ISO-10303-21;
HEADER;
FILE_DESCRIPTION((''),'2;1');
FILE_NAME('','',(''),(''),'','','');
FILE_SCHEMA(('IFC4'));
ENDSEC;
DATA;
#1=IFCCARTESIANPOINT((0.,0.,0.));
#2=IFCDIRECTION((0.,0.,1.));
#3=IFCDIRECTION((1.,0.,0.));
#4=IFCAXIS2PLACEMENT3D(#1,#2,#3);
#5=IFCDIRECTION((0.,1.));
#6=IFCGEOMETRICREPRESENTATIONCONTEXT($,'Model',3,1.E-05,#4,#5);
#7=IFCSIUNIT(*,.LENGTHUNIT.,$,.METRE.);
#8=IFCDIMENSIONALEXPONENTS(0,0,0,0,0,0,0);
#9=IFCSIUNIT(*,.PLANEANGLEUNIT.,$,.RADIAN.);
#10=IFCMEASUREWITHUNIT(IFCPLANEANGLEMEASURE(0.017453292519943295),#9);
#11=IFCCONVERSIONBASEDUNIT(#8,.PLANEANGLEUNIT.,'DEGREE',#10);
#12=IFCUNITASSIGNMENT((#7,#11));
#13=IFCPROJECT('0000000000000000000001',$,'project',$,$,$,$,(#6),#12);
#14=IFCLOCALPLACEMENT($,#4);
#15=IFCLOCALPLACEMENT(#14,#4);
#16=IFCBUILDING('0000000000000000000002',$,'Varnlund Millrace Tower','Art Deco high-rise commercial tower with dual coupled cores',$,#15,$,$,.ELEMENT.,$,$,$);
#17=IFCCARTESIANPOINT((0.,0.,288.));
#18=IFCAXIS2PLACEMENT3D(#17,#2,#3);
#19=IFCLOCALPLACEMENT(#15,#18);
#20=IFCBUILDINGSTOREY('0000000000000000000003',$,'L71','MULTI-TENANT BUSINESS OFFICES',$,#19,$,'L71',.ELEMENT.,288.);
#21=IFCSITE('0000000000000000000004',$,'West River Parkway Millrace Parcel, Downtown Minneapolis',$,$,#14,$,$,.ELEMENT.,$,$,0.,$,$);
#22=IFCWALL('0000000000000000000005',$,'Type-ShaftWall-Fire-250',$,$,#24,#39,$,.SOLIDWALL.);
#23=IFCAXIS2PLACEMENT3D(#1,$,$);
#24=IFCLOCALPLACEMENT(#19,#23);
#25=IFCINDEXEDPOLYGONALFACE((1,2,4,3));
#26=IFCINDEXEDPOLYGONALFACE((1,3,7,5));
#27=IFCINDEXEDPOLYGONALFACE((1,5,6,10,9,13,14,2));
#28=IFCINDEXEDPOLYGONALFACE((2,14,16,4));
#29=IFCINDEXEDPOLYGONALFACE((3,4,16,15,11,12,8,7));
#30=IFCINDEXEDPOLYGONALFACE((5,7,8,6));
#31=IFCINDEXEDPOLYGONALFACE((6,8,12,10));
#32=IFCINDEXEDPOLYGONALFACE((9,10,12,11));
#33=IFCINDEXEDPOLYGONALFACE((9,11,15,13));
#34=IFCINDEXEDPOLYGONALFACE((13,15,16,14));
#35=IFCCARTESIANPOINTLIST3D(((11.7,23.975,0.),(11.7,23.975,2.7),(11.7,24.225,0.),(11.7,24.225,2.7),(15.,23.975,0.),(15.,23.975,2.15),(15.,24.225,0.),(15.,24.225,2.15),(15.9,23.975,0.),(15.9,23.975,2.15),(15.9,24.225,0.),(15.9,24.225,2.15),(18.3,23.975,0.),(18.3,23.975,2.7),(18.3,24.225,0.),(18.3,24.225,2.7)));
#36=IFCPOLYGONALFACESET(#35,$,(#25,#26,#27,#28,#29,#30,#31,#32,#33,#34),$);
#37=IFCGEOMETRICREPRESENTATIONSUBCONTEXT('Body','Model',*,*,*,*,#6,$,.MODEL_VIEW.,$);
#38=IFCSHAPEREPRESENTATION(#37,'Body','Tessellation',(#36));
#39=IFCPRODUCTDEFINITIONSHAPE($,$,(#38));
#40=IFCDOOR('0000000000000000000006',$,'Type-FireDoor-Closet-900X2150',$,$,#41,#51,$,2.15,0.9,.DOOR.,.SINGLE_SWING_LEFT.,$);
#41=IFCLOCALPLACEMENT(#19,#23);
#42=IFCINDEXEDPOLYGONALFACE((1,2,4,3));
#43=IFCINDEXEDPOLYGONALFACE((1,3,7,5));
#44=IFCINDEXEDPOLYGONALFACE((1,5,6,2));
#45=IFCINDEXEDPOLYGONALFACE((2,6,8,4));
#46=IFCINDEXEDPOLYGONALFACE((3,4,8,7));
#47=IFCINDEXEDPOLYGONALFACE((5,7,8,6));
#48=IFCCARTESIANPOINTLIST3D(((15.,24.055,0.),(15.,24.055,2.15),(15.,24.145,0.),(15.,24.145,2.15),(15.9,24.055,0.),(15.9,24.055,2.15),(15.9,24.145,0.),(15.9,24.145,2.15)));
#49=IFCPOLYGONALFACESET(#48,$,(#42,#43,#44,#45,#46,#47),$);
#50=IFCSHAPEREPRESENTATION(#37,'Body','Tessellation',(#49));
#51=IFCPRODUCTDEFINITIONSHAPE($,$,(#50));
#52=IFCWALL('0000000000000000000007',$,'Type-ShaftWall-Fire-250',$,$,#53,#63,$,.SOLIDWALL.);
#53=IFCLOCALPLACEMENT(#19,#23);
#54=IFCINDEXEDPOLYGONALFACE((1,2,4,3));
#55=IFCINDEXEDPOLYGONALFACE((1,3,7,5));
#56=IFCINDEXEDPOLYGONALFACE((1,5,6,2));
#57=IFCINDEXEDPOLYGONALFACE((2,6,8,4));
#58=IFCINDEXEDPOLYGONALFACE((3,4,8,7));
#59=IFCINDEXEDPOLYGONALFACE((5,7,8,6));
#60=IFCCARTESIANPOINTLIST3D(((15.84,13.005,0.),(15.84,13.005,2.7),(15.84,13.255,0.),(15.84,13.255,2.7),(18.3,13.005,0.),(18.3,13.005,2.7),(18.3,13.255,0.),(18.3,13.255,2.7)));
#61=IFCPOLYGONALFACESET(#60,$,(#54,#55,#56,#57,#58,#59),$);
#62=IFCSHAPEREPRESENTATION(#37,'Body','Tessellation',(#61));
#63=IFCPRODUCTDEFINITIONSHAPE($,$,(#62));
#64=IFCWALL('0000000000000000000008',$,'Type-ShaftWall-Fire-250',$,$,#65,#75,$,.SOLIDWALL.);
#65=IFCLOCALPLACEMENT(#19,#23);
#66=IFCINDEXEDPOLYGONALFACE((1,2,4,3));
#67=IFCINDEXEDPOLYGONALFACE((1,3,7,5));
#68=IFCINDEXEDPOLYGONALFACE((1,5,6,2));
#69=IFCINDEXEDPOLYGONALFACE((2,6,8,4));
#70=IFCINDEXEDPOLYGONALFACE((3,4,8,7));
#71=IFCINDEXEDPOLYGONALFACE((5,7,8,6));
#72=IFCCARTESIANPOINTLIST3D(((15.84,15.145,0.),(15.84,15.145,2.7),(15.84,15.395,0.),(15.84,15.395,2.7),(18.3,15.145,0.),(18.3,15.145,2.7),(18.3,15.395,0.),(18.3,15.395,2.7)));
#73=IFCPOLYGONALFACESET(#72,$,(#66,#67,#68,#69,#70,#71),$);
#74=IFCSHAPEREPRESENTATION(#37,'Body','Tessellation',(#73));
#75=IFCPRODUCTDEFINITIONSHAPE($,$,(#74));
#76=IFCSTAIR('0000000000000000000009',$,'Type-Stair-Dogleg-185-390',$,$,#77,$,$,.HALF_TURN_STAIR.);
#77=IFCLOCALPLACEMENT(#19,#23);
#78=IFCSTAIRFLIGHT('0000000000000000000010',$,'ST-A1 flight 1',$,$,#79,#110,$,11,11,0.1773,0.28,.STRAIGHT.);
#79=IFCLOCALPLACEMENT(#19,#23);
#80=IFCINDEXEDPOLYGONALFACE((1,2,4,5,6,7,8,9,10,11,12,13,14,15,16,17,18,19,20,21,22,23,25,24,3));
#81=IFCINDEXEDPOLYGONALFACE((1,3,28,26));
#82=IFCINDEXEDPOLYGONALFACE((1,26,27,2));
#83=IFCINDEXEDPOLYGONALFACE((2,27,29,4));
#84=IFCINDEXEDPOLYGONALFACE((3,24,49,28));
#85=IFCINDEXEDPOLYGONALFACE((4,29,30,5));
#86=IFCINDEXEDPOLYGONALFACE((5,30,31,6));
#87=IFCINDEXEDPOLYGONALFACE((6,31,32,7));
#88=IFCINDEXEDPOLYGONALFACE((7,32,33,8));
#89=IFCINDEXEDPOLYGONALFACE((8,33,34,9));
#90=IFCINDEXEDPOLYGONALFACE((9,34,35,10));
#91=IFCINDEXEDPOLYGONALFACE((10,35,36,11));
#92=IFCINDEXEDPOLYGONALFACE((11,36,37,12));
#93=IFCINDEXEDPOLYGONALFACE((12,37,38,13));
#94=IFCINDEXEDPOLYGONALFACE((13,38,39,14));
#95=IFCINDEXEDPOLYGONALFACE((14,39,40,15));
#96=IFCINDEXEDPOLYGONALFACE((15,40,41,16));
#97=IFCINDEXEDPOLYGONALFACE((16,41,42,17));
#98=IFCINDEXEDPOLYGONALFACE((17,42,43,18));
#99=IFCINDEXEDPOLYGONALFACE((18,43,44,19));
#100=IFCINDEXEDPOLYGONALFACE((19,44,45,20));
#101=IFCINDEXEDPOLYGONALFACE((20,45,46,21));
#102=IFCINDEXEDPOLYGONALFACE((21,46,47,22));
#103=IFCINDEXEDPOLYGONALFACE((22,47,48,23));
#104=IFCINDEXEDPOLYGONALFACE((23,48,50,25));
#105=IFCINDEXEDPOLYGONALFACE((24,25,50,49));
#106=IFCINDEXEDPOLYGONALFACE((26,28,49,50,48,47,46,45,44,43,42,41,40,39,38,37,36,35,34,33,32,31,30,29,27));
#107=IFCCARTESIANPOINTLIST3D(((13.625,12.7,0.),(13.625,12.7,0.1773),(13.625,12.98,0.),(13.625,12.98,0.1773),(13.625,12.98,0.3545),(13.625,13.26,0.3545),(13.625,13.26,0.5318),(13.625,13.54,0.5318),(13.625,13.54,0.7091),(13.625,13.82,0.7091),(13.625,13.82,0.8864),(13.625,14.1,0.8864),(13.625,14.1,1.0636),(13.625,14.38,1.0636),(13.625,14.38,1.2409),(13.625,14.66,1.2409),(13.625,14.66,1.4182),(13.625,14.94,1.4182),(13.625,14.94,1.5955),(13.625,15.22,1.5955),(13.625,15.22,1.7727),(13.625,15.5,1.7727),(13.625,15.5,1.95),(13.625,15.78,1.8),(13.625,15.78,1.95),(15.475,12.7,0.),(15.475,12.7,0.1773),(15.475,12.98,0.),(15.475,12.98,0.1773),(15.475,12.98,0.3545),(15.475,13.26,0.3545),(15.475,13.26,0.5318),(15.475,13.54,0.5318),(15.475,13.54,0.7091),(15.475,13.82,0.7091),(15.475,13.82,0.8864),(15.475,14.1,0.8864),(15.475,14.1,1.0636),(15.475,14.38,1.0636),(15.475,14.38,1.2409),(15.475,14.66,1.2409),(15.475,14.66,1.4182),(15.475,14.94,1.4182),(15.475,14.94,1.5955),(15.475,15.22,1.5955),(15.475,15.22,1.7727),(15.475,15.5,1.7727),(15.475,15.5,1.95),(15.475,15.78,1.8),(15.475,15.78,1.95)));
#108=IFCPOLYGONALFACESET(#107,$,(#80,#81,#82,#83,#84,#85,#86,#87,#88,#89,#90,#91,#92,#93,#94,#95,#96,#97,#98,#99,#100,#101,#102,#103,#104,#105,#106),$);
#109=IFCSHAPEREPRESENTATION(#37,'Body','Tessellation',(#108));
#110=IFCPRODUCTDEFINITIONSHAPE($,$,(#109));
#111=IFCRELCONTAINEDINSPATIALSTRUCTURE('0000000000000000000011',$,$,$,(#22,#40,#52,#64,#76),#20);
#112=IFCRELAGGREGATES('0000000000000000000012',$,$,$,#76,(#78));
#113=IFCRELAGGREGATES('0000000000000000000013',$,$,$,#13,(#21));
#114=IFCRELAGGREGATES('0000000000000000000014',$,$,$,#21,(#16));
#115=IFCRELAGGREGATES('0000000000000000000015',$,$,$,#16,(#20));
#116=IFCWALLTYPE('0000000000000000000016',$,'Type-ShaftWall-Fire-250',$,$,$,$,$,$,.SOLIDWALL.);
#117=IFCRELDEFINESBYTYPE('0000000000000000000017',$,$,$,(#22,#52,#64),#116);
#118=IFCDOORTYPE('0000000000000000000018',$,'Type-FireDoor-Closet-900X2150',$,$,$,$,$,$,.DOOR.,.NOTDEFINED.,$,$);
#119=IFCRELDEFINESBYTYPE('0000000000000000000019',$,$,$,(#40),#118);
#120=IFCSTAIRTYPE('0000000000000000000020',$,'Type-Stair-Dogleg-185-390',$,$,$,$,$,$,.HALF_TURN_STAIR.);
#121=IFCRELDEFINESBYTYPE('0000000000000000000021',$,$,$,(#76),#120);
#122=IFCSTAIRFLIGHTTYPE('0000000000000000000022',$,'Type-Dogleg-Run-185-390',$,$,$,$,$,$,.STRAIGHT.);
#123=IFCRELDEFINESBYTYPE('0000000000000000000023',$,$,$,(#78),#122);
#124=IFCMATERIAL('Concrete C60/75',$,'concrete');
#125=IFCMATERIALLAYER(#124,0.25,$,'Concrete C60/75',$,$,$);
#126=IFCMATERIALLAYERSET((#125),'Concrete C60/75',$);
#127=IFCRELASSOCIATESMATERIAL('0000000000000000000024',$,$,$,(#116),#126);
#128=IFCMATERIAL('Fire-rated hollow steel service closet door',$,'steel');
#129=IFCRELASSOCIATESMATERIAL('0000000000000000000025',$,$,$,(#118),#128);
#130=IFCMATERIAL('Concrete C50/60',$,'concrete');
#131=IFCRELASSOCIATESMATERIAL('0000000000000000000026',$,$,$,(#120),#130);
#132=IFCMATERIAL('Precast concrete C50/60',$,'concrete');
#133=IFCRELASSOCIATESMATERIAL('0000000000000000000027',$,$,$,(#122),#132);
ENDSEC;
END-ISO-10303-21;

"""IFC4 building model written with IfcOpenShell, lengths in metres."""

from ifc_helpers import new_model, entity, si_unit, converted_unit, direction, frame, origin_with_axes, origin_2d_with_axis, place, context, subcontext, project, spatial, polyline, rectangle, outline, extrude, material, layer, layer_set, type_object, element, fill, aggregate, save


model = new_model("IFC4")

# Units and contexts
model_context = context("Model", 3, precision=1e-05, world=origin_with_axes(), true_north=direction((0.0, 1.0)))
body_context = subcontext(model_context, "Body", "Model", "MODEL_VIEW")
ifc_project = project(units=[si_unit("LENGTHUNIT", "METRE"), converted_unit("PLANEANGLEUNIT", "DEGREE", entity("IfcPlaneAngleMeasure", 0.017453292519943295), si_unit("PLANEANGLEUNIT", "RADIAN"), dimensions=[0, 0, 0, 0, 0, 0, 0])], contexts=[model_context])

# Site, building, storey
site_placement = place(None, origin_with_axes())
site = spatial("IfcSite", under=ifc_project, at=site_placement, Name="West River Parkway Millrace Parcel, Downtown Minneapolis", CompositionType="ELEMENT", RefElevation=0.0)
building_placement = place(site_placement, origin_with_axes())
building = spatial("IfcBuilding", under=site, at=building_placement, Name="Varnlund Millrace Tower", Description="Art Deco high-rise commercial tower with dual coupled cores", CompositionType="ELEMENT")
storey_placement = place(building_placement, frame((0.0, 0.0, 288.0), z_axis=(0.0, 0.0, 1.0), x_axis=(1.0, 0.0, 0.0)))
storey = spatial("IfcBuildingStorey", under=building, at=storey_placement, Name="L71", Description="MULTI-TENANT BUSINESS OFFICES", LongName="L71", CompositionType="ELEMENT", Elevation=288.0)

# Shared definitions
ifc_material_1 = material(Name="Concrete C60/75", Category="concrete")

# Shared definitions
ifc_layer_1 = layer(ifc_material_1, 0.25, Name="Concrete C60/75")
ifc_layer_set_1 = layer_set([ifc_layer_1], Name="Concrete C60/75")
wall_type_1 = type_object("IfcWallType", Name="Type-ShaftWall-Fire-250", PredefinedType="SOLIDWALL", material=ifc_layer_set_1)

# Wall, opening, door
wall_1_placement = place(storey_placement, frame((11.7, 24.1, 0.0), z_axis=(0.0, 0.0, 1.0), x_axis=(1.0, 0.0, 0.0)))
wall_1 = element("IfcWall", 1, at=wall_1_placement, inside=storey, type_object=wall_type_1, Name="Type-ShaftWall-Fire-250", PredefinedType="SOLIDWALL", context=body_context, shape_type="SweptSolid", body=[
    extrude(outline(polyline([(0.0, -0.125), (6.6, -0.125), (6.6, 0.125), (0.0, 0.125), (0.0, -0.125)])), origin_with_axes(), (0.0, 0.0, 1.0), 2.7),
])
opening_1_placement = place(wall_1_placement, frame((3.75, 0.0, 0.0), z_axis=(0.0, 0.0, 1.0), x_axis=(1.0, 0.0, 0.0)))
opening_1 = element("IfcOpeningElement", 2, at=opening_1_placement, cuts=wall_1, PredefinedType="OPENING", context=body_context, shape_type="SweptSolid", body=[
    extrude(rectangle(XDim=0.9, YDim=0.27, at=origin_2d_with_axis()), origin_with_axes(), (0.0, 0.0, 1.0), 2.15),
])
ifc_material_2 = material(Name="Fire-rated hollow steel service closet door", Category="steel")
door_type_1 = type_object("IfcDoorType", Name="Type-FireDoor-Closet-900X2150", OperationType="NOTDEFINED", PredefinedType="DOOR", material=ifc_material_2)
door_1_placement = place(wall_1_placement, frame((3.75, 0.0, 0.0), z_axis=(0.0, 0.0, 1.0), x_axis=(1.0, 0.0, 0.0)))
door_1 = element("IfcDoor", 3, at=door_1_placement, inside=storey, type_object=door_type_1, Name="Type-FireDoor-Closet-900X2150", OperationType="SINGLE_SWING_LEFT", OverallHeight=2.15, OverallWidth=0.9, PredefinedType="DOOR", context=body_context, shape_type="SweptSolid", body=[
    extrude(rectangle(XDim=0.9, YDim=0.09, at=origin_2d_with_axis()), origin_with_axes(), (0.0, 0.0, 1.0), 2.15),
])
fill(opening_1, door_1)

# Walls
for number, where, z_axis, x_axis, name in (
    (4, (15.84, 13.13, 0.0), (0.0, 0.0, 1.0), (1.0, 0.0, 0.0), "Type-ShaftWall-Fire-250"),
    (5, (15.84, 15.27, 0.0), (0.0, 0.0, 1.0), (1.0, 0.0, 0.0), "Type-ShaftWall-Fire-250"),
):
    element("IfcWall", number, at=place(storey_placement, frame(where, z_axis=z_axis, x_axis=x_axis)), inside=storey, type_object=wall_type_1, Name=name, PredefinedType="SOLIDWALL", context=body_context, shape_type="SweptSolid", body=[
        extrude(outline(polyline([(0.0, -0.125), (2.46, -0.125), (2.46, 0.125), (0.0, 0.125), (0.0, -0.125)])), origin_with_axes(), (0.0, 0.0, 1.0), 2.7),
    ])

# Stair, stair flight
ifc_material_3 = material(Name="Concrete C50/60", Category="concrete")
stair_type = type_object("IfcStairType", Name="Type-Stair-Dogleg-185-390", PredefinedType="HALF_TURN_STAIR", material=ifc_material_3)
stair_placement = place(storey_placement, origin_with_axes())
stair = element("IfcStair", 6, at=stair_placement, inside=storey, type_object=stair_type, Name="Type-Stair-Dogleg-185-390", PredefinedType="HALF_TURN_STAIR")
ifc_material_4 = material(Name="Precast concrete C50/60", Category="concrete")
stair_flight_type = type_object("IfcStairFlightType", Name="Type-Dogleg-Run-185-390", PredefinedType="STRAIGHT", material=ifc_material_4)
stair_flight_placement = place(storey_placement, frame((13.625, 12.7, 0.0), z_axis=(1.0, 0.0, 0.0), x_axis=(0.0, 1.0, 0.0)))
stair_flight = element("IfcStairFlight", 7, at=stair_flight_placement, type_object=stair_flight_type, Name="ST-A1 flight 1", NumberOfRisers=11, NumberOfTreads=11, PredefinedType="STRAIGHT", RiserHeight=0.1773, TreadLength=0.28, context=body_context, shape_type="SweptSolid", body=[
    extrude(outline(polyline([(0.0, 0.0), (0.0, 0.1773), (0.28, 0.1773), (0.28, 0.3545), (0.56, 0.3545), (0.56, 0.5318), (0.84, 0.5318), (0.84, 0.7091), (1.12, 0.7091), (1.12, 0.8864), (1.4, 0.8864), (1.4, 1.0636), (1.68, 1.0636), (1.68, 1.2409), (1.96, 1.2409), (1.96, 1.4182), (2.24, 1.4182), (2.24, 1.5955), (2.52, 1.5955), (2.52, 1.7727), (2.8, 1.7727), (2.8, 1.95), (3.08, 1.95), (3.08, 1.8), (0.28, 0.0), (0.0, 0.0)])), origin_with_axes(), (0.0, 0.0, 1.0), 1.85),
])
aggregate(stair, [stair_flight])

save(model, "model.ifc")
